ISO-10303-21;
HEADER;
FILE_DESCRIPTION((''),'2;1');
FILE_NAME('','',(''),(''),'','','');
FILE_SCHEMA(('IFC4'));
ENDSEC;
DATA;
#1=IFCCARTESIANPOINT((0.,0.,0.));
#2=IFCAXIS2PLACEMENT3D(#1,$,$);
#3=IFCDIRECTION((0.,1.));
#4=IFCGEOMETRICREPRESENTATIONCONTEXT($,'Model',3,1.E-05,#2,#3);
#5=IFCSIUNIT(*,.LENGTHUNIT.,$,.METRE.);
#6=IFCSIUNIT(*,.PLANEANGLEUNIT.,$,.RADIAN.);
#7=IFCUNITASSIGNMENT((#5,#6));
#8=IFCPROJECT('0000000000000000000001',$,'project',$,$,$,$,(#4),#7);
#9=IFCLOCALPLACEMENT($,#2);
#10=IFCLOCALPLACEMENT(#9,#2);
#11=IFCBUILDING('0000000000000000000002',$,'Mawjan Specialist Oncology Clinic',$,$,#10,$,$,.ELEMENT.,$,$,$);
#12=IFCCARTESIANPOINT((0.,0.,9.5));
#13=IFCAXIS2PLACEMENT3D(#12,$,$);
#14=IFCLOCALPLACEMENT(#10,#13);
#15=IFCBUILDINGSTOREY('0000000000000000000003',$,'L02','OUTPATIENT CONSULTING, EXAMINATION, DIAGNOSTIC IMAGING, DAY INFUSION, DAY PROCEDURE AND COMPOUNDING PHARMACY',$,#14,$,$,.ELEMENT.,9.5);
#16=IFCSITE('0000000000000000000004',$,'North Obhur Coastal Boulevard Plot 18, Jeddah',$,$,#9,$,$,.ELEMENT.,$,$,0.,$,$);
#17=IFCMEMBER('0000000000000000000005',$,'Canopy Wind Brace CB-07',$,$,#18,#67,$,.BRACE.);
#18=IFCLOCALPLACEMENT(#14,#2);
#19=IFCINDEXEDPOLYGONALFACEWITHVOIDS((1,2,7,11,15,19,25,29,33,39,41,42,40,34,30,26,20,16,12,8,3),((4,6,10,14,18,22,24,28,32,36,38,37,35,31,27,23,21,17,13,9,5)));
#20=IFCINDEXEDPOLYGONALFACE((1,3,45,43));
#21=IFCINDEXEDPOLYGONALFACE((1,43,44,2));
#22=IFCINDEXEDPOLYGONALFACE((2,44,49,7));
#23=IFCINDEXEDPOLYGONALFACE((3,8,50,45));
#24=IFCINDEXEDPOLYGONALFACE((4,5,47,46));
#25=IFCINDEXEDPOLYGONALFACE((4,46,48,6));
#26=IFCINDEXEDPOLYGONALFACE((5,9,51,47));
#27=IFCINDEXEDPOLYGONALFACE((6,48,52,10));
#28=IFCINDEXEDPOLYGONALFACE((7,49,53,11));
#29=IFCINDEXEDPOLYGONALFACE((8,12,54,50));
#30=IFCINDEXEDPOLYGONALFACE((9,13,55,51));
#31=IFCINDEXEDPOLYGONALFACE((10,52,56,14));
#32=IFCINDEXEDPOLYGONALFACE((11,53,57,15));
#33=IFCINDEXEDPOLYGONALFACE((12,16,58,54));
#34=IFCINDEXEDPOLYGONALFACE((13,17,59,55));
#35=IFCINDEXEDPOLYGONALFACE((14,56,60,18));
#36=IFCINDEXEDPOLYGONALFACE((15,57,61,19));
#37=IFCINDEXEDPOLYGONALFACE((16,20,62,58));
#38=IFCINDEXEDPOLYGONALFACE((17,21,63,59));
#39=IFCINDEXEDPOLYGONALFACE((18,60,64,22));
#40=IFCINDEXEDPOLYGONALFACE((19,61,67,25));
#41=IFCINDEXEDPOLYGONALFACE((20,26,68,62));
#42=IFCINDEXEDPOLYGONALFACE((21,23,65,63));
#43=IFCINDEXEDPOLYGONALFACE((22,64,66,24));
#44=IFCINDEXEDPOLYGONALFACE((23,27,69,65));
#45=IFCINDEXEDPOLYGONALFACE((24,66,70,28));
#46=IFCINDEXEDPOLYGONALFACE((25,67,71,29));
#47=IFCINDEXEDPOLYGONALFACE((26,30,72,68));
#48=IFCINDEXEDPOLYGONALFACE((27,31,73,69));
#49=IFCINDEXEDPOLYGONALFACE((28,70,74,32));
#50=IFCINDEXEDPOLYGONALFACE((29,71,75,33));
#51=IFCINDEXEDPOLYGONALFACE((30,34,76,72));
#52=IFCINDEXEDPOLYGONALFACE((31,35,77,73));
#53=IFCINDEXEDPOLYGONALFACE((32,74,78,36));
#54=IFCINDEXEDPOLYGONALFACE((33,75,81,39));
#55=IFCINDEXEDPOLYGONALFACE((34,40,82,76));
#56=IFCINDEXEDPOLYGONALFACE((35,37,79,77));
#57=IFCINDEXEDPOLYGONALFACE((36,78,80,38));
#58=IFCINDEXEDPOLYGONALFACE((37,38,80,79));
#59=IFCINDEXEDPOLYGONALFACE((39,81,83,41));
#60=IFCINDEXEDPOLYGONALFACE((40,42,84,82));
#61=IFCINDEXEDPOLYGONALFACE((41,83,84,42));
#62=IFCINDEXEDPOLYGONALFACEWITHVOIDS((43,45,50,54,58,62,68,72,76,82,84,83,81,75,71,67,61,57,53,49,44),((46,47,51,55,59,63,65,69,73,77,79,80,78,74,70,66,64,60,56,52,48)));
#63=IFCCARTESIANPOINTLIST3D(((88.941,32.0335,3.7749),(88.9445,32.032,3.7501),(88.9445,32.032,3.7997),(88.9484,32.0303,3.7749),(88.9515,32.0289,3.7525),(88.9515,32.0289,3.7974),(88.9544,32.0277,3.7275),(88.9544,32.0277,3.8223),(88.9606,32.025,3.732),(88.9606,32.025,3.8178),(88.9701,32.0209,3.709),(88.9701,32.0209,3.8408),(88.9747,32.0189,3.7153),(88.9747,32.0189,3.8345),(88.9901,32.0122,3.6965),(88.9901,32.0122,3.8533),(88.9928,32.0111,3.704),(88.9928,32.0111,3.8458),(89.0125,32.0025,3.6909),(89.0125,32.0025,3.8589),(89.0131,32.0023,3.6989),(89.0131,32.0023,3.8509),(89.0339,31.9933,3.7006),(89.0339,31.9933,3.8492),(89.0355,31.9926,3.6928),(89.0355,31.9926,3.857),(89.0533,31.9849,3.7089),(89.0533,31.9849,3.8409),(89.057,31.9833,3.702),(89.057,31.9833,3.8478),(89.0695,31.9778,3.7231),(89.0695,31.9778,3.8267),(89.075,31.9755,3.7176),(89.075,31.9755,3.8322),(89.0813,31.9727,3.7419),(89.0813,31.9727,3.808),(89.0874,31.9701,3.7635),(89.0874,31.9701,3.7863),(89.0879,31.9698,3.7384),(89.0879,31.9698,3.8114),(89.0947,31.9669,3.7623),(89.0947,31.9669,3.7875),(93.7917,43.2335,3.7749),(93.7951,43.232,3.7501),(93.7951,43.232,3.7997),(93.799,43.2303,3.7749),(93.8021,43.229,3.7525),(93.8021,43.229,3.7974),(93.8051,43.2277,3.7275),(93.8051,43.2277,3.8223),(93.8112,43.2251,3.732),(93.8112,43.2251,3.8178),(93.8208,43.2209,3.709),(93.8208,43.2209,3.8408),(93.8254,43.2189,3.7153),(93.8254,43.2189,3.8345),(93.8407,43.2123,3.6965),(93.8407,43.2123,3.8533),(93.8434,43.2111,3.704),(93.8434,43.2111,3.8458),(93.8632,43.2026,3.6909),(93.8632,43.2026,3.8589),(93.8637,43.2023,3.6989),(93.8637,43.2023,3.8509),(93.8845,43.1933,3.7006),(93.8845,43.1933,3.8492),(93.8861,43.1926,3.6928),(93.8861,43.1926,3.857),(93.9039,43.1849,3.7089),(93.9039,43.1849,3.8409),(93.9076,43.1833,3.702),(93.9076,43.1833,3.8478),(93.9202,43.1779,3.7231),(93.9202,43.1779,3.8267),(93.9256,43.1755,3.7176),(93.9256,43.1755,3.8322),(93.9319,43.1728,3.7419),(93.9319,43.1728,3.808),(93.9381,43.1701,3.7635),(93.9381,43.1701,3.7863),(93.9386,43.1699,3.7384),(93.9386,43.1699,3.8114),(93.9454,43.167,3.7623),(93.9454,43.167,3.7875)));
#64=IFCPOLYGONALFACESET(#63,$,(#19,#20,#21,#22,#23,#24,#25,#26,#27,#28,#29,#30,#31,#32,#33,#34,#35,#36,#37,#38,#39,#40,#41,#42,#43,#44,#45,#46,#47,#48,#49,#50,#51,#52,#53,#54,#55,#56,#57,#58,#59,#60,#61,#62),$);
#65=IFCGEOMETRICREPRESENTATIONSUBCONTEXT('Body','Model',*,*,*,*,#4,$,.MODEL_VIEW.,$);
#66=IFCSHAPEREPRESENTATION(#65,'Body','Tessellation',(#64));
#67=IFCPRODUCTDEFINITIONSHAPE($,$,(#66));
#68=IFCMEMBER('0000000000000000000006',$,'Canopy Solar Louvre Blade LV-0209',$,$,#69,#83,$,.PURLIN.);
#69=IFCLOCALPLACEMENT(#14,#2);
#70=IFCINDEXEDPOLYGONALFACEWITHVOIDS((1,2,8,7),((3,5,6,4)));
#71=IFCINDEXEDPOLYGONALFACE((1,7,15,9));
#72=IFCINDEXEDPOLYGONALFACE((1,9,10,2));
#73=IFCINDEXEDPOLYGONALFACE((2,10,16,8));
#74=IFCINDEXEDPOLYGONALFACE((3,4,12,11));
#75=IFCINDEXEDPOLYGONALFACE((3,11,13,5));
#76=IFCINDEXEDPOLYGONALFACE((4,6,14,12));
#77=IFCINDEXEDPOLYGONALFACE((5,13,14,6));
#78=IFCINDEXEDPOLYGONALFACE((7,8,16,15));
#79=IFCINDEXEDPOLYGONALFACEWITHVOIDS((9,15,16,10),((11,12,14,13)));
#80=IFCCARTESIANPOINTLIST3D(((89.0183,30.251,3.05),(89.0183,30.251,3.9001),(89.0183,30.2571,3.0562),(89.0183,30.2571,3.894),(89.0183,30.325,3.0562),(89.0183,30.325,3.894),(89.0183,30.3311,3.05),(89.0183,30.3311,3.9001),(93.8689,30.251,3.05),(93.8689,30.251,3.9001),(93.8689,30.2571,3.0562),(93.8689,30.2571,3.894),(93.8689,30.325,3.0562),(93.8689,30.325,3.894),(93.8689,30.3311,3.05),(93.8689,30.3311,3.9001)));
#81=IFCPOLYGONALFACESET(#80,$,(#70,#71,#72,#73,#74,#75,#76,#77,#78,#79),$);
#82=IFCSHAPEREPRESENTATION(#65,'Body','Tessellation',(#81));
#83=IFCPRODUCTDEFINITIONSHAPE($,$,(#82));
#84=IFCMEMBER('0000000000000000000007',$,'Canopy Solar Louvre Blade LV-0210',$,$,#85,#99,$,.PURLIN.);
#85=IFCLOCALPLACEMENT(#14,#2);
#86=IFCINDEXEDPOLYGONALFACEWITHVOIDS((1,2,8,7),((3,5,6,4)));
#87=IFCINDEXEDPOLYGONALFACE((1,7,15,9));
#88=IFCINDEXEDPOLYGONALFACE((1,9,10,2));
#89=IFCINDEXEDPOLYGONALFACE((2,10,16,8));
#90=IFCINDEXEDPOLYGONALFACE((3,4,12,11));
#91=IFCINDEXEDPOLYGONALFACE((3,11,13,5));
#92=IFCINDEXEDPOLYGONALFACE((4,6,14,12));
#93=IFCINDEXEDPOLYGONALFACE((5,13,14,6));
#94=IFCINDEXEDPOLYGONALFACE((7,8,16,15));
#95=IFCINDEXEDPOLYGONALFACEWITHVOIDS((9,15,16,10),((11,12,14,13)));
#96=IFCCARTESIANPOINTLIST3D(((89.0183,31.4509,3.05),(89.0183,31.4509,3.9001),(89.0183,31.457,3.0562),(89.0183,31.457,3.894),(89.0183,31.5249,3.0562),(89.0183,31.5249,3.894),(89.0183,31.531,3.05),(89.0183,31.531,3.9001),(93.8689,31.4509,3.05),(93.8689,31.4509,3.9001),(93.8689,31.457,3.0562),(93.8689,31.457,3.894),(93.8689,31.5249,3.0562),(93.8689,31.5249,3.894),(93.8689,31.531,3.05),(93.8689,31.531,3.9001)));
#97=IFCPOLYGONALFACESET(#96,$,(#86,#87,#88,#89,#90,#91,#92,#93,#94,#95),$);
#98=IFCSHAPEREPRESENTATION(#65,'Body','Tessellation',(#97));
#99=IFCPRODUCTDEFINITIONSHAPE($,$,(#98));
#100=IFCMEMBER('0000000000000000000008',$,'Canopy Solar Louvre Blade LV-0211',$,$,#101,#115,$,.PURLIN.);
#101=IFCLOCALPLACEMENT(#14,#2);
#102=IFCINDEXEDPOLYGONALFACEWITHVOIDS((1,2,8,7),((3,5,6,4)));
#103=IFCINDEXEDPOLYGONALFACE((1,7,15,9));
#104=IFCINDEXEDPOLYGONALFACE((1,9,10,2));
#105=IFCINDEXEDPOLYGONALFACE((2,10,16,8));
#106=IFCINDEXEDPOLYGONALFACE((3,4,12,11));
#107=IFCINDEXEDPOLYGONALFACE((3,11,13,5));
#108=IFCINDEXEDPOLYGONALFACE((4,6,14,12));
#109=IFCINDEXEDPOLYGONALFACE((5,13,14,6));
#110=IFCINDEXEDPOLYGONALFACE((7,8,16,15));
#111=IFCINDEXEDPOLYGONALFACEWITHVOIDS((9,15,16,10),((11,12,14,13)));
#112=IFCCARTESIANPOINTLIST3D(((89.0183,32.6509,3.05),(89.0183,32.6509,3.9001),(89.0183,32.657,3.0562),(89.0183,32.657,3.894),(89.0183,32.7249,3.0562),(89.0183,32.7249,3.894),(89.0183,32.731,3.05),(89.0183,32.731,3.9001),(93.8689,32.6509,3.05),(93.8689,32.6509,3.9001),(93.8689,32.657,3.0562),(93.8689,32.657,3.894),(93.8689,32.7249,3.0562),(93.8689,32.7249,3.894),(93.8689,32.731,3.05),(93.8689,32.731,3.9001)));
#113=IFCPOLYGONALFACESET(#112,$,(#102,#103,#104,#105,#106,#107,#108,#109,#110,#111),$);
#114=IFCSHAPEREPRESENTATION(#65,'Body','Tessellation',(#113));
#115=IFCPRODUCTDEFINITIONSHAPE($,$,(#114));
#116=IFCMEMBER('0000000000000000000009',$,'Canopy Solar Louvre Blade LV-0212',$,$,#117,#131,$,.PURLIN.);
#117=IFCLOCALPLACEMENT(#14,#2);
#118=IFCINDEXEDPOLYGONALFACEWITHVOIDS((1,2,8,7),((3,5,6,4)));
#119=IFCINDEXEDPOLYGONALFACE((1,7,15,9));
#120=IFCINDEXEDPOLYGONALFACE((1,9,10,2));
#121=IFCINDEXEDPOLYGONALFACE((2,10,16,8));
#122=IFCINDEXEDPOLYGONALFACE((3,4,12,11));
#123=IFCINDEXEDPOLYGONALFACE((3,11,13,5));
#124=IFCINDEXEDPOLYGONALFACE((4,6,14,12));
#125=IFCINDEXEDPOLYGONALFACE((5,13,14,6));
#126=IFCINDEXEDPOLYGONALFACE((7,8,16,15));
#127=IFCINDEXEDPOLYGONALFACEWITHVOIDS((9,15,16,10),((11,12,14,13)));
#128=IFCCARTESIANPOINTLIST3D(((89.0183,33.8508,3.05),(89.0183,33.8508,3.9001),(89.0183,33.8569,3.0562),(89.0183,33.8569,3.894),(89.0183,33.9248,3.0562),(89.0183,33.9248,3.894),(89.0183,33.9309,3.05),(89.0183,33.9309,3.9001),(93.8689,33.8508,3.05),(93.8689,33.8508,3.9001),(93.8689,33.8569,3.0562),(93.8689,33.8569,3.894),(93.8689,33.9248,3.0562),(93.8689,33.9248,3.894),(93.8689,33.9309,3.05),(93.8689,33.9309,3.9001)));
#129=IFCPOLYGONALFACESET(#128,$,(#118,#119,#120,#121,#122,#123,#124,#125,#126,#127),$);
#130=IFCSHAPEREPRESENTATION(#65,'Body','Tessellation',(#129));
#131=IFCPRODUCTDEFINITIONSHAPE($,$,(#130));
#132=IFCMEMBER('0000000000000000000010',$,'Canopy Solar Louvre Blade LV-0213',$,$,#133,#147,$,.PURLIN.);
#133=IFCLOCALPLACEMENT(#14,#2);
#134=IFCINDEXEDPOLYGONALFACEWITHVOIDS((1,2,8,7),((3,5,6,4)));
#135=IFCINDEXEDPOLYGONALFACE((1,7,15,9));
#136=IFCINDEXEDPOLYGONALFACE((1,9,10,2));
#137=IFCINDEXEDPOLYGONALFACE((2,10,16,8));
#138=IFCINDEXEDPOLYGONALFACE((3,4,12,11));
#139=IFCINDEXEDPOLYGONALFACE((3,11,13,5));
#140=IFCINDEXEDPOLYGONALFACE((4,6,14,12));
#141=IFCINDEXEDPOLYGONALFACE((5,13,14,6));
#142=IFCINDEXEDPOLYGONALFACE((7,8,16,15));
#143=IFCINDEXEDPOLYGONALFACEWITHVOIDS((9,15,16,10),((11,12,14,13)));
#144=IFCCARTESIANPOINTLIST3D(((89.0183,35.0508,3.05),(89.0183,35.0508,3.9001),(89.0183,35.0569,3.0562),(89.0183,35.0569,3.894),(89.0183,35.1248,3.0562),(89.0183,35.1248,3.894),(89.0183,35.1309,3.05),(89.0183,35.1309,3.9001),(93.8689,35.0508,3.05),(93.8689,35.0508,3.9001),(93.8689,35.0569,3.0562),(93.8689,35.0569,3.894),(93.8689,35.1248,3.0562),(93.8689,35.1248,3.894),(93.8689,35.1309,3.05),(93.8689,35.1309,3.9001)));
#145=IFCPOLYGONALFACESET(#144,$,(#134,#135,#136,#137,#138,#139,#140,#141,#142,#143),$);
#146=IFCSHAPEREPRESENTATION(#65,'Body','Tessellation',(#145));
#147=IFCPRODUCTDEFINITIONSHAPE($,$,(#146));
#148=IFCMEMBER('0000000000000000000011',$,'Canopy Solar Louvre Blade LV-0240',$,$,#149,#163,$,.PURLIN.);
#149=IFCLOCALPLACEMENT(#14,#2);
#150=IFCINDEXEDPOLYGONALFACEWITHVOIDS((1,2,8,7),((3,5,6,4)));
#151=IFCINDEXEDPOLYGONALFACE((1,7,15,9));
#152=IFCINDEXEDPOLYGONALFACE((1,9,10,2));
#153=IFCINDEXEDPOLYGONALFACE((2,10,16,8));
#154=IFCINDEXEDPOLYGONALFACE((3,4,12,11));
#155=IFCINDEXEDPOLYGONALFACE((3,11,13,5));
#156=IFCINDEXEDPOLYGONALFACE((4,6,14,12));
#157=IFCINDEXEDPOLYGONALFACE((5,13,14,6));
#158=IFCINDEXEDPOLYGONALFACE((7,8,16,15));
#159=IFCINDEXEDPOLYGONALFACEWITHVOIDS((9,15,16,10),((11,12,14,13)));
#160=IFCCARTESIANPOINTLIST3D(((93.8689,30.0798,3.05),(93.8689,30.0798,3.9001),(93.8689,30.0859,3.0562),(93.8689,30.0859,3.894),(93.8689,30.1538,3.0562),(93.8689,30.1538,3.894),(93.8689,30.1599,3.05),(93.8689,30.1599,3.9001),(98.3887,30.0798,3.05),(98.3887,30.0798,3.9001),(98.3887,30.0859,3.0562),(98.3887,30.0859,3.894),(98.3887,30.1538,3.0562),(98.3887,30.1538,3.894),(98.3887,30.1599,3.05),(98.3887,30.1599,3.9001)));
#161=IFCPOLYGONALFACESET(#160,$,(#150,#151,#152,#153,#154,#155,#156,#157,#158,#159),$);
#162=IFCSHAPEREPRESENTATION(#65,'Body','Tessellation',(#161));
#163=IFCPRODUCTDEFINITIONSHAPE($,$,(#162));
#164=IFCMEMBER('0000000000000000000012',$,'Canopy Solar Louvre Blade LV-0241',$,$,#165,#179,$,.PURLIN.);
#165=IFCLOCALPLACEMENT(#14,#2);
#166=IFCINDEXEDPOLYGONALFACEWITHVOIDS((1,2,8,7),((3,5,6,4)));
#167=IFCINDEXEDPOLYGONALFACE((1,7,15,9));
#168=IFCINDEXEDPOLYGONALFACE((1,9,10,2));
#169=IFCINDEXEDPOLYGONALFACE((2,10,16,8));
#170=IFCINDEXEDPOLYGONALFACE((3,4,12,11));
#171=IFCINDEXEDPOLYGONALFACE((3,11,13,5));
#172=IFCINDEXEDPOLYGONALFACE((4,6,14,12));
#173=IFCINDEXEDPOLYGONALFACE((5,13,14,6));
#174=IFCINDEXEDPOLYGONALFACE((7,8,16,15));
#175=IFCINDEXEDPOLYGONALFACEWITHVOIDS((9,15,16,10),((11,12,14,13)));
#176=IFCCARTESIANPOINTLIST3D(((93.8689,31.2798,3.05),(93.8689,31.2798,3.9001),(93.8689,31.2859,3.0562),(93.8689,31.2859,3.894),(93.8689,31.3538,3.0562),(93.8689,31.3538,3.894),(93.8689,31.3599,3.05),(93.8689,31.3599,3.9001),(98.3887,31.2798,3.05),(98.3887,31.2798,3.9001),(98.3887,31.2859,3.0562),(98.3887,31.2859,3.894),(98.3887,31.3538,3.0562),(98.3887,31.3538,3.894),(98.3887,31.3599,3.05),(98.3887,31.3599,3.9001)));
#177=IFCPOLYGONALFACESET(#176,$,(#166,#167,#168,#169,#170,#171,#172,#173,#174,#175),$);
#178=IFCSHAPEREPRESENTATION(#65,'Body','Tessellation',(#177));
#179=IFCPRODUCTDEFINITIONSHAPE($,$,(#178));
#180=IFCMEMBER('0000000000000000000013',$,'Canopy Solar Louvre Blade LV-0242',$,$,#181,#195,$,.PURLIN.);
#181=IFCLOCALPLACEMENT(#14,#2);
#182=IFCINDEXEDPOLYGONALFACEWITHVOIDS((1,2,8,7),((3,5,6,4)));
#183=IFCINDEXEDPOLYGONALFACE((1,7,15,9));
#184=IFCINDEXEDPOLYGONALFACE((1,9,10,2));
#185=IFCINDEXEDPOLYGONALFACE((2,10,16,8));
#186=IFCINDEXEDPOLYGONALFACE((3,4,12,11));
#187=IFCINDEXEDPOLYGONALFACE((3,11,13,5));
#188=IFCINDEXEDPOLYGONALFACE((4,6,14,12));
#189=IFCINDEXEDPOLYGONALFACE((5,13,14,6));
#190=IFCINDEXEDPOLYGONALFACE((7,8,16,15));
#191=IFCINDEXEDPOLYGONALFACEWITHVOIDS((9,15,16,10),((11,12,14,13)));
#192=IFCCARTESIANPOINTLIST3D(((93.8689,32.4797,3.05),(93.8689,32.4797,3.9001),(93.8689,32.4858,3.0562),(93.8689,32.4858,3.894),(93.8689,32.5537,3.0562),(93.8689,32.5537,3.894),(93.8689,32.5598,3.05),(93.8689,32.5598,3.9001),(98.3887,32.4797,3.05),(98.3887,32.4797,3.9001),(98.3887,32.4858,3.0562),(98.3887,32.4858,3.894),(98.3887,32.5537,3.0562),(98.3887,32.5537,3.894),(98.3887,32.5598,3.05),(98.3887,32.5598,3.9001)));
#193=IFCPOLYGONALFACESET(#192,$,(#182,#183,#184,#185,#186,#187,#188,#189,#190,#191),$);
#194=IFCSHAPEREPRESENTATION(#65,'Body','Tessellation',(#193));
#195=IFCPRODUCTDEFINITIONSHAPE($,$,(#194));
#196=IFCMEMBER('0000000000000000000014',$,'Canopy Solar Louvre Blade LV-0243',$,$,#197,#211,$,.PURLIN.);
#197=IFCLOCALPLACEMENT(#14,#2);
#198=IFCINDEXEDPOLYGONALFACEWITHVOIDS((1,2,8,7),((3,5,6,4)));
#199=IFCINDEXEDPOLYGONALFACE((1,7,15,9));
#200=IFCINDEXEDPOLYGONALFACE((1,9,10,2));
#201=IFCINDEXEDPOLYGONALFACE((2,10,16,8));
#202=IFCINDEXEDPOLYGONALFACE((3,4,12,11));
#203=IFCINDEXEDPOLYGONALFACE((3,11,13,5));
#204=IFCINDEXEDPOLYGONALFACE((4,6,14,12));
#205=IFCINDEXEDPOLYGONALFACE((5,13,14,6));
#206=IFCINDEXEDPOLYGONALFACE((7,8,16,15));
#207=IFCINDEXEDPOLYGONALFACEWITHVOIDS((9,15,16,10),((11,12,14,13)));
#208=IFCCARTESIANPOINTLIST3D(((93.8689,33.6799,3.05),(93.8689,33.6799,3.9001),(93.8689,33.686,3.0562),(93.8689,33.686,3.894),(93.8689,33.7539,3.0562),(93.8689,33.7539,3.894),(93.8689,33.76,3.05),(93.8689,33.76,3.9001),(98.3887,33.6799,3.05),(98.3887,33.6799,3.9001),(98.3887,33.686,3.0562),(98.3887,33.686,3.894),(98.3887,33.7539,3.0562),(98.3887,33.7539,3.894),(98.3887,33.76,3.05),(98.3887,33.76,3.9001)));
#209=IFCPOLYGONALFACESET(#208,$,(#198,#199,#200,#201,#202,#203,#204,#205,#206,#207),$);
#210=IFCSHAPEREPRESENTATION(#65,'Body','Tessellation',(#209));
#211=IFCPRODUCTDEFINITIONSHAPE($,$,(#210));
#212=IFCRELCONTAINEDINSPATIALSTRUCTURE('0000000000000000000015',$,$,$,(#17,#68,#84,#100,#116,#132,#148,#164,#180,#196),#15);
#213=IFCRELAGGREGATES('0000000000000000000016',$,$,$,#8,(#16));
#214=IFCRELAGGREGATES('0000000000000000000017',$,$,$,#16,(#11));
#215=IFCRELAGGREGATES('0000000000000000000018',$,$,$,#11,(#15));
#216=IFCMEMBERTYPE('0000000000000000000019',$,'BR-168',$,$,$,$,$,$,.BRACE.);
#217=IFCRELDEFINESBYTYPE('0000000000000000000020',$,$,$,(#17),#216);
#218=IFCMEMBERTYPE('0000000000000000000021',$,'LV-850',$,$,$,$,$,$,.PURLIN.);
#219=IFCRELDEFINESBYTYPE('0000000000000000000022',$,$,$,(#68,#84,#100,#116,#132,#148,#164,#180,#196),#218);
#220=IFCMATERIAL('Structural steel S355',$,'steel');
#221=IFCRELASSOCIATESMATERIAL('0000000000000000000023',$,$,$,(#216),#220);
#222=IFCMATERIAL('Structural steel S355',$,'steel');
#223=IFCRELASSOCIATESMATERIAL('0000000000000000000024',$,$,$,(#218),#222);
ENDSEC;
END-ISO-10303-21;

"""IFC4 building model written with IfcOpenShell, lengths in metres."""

from ifc_helpers import new_model, si_unit, direction, frame, origin, origin_2d, place, context, subcontext, project, spatial, hollow_rectangle, hollow_circle, extrude, material, material_profile, profile_set, type_object, element, save


model = new_model("IFC4")

# Units and contexts
model_context = context("Model", 3, precision=1e-05, world=origin(), true_north=direction((0.0, 1.0)))
body_context = subcontext(model_context, "Body", "Model", "MODEL_VIEW")
ifc_project = project(units=[si_unit("LENGTHUNIT", "METRE"), si_unit("PLANEANGLEUNIT", "RADIAN")], contexts=[model_context])

# Site, building, storey
site_placement = place(None, origin())
site = spatial("IfcSite", under=ifc_project, at=site_placement, Name="North Obhur Coastal Boulevard Plot 18, Jeddah", CompositionType="ELEMENT", RefElevation=0.0)
building_placement = place(site_placement, origin())
building = spatial("IfcBuilding", under=site, at=building_placement, Name="Mawjan Specialist Oncology Clinic", CompositionType="ELEMENT")
storey_placement = place(building_placement, frame((0.0, 0.0, 9.5)))
storey = spatial("IfcBuildingStorey", under=building, at=storey_placement, Name="L02", Description="OUTPATIENT CONSULTING, EXAMINATION, DIAGNOSTIC IMAGING, DAY INFUSION, DAY PROCEDURE AND COMPOUNDING PHARMACY", CompositionType="ELEMENT", Elevation=9.5)

# Members
ifc_material_1 = material(Name="Structural steel S355", Category="steel")
ifc_material_profile_1 = material_profile(ifc_material_1, hollow_circle(Radius=0.0842, WallThickness=0.0081, at=origin_2d()), Name="CHS 168.3x8", Category="steel")
ifc_profile_set_1 = profile_set([ifc_material_profile_1], Name="Structural steel S355")
member_type_1 = type_object("IfcMemberType", Name="BR-168", PredefinedType="BRACE", material=ifc_profile_set_1)
member_placement = place(storey_placement, frame((89.0183, 32.0, 3.7749), z_axis=(0.397419, 0.917637, 0.0), x_axis=(-0.917637, 0.397419, 0.0)))
element("IfcMember", 1, at=member_placement, inside=storey, type_object=member_type_1, Name="Canopy Wind Brace CB-07", PredefinedType="BRACE", context=body_context, shape_type="SweptSolid", body=[
    extrude(hollow_circle(Radius=0.0842, WallThickness=0.0081, at=origin_2d()), origin(), (0.0, 0.0, 1.0), 12.2053),
])
ifc_material_2 = material(Name="Structural steel S355", Category="steel")
ifc_material_profile_2 = material_profile(ifc_material_2, hollow_rectangle(XDim=0.0801, YDim=0.8501, WallThickness=0.0061, at=origin_2d()), Name="LOUVRE 850x80x6", Category="steel")
ifc_profile_set_2 = profile_set([ifc_material_profile_2], Name="Structural steel S355")
member_type_2 = type_object("IfcMemberType", Name="LV-850", PredefinedType="PURLIN", material=ifc_profile_set_2)
for number, where, z_axis, x_axis, name in (
    (2, (89.0183, 30.291, 3.4751), (1.0, 0.0, 0.0), (0.0, 1.0, 0.0), "Canopy Solar Louvre Blade LV-0209"),
    (3, (89.0183, 31.491, 3.4751), (1.0, 0.0, 0.0), (0.0, 1.0, 0.0), "Canopy Solar Louvre Blade LV-0210"),
    (4, (89.0183, 32.6909, 3.4751), (1.0, 0.0, 0.0), (0.0, 1.0, 0.0), "Canopy Solar Louvre Blade LV-0211"),
    (5, (89.0183, 33.8909, 3.4751), (1.0, 0.0, 0.0), (0.0, 1.0, 0.0), "Canopy Solar Louvre Blade LV-0212"),
    (6, (89.0183, 35.0908, 3.4751), (1.0, 0.0, 0.0), (0.0, 1.0, 0.0), "Canopy Solar Louvre Blade LV-0213"),
):
    element("IfcMember", number, at=place(storey_placement, frame(where, z_axis=z_axis, x_axis=x_axis)), inside=storey, type_object=member_type_2, Name=name, PredefinedType="PURLIN", context=body_context, shape_type="SweptSolid", body=[
        extrude(hollow_rectangle(XDim=0.0801, YDim=0.8501, WallThickness=0.0061, at=origin_2d()), origin(), (0.0, 0.0, 1.0), 4.8506),
    ])
for number, where, z_axis, x_axis, name in (
    (7, (93.8689, 30.1199, 3.4751), (1.0, 0.0, 0.0), (0.0, 1.0, 0.0), "Canopy Solar Louvre Blade LV-0240"),
    (8, (93.8689, 31.3198, 3.4751), (1.0, 0.0, 0.0), (0.0, 1.0, 0.0), "Canopy Solar Louvre Blade LV-0241"),
    (9, (93.8689, 32.5198, 3.4751), (1.0, 0.0, 0.0), (0.0, 1.0, 0.0), "Canopy Solar Louvre Blade LV-0242"),
    (10, (93.8689, 33.72, 3.4751), (1.0, 0.0, 0.0), (0.0, 1.0, 0.0), "Canopy Solar Louvre Blade LV-0243"),
):
    element("IfcMember", number, at=place(storey_placement, frame(where, z_axis=z_axis, x_axis=x_axis)), inside=storey, type_object=member_type_2, Name=name, PredefinedType="PURLIN", context=body_context, shape_type="SweptSolid", body=[
        extrude(hollow_rectangle(XDim=0.0801, YDim=0.8501, WallThickness=0.0061, at=origin_2d()), origin(), (0.0, 0.0, 1.0), 4.5198),
    ])

save(model, "model.ifc")
